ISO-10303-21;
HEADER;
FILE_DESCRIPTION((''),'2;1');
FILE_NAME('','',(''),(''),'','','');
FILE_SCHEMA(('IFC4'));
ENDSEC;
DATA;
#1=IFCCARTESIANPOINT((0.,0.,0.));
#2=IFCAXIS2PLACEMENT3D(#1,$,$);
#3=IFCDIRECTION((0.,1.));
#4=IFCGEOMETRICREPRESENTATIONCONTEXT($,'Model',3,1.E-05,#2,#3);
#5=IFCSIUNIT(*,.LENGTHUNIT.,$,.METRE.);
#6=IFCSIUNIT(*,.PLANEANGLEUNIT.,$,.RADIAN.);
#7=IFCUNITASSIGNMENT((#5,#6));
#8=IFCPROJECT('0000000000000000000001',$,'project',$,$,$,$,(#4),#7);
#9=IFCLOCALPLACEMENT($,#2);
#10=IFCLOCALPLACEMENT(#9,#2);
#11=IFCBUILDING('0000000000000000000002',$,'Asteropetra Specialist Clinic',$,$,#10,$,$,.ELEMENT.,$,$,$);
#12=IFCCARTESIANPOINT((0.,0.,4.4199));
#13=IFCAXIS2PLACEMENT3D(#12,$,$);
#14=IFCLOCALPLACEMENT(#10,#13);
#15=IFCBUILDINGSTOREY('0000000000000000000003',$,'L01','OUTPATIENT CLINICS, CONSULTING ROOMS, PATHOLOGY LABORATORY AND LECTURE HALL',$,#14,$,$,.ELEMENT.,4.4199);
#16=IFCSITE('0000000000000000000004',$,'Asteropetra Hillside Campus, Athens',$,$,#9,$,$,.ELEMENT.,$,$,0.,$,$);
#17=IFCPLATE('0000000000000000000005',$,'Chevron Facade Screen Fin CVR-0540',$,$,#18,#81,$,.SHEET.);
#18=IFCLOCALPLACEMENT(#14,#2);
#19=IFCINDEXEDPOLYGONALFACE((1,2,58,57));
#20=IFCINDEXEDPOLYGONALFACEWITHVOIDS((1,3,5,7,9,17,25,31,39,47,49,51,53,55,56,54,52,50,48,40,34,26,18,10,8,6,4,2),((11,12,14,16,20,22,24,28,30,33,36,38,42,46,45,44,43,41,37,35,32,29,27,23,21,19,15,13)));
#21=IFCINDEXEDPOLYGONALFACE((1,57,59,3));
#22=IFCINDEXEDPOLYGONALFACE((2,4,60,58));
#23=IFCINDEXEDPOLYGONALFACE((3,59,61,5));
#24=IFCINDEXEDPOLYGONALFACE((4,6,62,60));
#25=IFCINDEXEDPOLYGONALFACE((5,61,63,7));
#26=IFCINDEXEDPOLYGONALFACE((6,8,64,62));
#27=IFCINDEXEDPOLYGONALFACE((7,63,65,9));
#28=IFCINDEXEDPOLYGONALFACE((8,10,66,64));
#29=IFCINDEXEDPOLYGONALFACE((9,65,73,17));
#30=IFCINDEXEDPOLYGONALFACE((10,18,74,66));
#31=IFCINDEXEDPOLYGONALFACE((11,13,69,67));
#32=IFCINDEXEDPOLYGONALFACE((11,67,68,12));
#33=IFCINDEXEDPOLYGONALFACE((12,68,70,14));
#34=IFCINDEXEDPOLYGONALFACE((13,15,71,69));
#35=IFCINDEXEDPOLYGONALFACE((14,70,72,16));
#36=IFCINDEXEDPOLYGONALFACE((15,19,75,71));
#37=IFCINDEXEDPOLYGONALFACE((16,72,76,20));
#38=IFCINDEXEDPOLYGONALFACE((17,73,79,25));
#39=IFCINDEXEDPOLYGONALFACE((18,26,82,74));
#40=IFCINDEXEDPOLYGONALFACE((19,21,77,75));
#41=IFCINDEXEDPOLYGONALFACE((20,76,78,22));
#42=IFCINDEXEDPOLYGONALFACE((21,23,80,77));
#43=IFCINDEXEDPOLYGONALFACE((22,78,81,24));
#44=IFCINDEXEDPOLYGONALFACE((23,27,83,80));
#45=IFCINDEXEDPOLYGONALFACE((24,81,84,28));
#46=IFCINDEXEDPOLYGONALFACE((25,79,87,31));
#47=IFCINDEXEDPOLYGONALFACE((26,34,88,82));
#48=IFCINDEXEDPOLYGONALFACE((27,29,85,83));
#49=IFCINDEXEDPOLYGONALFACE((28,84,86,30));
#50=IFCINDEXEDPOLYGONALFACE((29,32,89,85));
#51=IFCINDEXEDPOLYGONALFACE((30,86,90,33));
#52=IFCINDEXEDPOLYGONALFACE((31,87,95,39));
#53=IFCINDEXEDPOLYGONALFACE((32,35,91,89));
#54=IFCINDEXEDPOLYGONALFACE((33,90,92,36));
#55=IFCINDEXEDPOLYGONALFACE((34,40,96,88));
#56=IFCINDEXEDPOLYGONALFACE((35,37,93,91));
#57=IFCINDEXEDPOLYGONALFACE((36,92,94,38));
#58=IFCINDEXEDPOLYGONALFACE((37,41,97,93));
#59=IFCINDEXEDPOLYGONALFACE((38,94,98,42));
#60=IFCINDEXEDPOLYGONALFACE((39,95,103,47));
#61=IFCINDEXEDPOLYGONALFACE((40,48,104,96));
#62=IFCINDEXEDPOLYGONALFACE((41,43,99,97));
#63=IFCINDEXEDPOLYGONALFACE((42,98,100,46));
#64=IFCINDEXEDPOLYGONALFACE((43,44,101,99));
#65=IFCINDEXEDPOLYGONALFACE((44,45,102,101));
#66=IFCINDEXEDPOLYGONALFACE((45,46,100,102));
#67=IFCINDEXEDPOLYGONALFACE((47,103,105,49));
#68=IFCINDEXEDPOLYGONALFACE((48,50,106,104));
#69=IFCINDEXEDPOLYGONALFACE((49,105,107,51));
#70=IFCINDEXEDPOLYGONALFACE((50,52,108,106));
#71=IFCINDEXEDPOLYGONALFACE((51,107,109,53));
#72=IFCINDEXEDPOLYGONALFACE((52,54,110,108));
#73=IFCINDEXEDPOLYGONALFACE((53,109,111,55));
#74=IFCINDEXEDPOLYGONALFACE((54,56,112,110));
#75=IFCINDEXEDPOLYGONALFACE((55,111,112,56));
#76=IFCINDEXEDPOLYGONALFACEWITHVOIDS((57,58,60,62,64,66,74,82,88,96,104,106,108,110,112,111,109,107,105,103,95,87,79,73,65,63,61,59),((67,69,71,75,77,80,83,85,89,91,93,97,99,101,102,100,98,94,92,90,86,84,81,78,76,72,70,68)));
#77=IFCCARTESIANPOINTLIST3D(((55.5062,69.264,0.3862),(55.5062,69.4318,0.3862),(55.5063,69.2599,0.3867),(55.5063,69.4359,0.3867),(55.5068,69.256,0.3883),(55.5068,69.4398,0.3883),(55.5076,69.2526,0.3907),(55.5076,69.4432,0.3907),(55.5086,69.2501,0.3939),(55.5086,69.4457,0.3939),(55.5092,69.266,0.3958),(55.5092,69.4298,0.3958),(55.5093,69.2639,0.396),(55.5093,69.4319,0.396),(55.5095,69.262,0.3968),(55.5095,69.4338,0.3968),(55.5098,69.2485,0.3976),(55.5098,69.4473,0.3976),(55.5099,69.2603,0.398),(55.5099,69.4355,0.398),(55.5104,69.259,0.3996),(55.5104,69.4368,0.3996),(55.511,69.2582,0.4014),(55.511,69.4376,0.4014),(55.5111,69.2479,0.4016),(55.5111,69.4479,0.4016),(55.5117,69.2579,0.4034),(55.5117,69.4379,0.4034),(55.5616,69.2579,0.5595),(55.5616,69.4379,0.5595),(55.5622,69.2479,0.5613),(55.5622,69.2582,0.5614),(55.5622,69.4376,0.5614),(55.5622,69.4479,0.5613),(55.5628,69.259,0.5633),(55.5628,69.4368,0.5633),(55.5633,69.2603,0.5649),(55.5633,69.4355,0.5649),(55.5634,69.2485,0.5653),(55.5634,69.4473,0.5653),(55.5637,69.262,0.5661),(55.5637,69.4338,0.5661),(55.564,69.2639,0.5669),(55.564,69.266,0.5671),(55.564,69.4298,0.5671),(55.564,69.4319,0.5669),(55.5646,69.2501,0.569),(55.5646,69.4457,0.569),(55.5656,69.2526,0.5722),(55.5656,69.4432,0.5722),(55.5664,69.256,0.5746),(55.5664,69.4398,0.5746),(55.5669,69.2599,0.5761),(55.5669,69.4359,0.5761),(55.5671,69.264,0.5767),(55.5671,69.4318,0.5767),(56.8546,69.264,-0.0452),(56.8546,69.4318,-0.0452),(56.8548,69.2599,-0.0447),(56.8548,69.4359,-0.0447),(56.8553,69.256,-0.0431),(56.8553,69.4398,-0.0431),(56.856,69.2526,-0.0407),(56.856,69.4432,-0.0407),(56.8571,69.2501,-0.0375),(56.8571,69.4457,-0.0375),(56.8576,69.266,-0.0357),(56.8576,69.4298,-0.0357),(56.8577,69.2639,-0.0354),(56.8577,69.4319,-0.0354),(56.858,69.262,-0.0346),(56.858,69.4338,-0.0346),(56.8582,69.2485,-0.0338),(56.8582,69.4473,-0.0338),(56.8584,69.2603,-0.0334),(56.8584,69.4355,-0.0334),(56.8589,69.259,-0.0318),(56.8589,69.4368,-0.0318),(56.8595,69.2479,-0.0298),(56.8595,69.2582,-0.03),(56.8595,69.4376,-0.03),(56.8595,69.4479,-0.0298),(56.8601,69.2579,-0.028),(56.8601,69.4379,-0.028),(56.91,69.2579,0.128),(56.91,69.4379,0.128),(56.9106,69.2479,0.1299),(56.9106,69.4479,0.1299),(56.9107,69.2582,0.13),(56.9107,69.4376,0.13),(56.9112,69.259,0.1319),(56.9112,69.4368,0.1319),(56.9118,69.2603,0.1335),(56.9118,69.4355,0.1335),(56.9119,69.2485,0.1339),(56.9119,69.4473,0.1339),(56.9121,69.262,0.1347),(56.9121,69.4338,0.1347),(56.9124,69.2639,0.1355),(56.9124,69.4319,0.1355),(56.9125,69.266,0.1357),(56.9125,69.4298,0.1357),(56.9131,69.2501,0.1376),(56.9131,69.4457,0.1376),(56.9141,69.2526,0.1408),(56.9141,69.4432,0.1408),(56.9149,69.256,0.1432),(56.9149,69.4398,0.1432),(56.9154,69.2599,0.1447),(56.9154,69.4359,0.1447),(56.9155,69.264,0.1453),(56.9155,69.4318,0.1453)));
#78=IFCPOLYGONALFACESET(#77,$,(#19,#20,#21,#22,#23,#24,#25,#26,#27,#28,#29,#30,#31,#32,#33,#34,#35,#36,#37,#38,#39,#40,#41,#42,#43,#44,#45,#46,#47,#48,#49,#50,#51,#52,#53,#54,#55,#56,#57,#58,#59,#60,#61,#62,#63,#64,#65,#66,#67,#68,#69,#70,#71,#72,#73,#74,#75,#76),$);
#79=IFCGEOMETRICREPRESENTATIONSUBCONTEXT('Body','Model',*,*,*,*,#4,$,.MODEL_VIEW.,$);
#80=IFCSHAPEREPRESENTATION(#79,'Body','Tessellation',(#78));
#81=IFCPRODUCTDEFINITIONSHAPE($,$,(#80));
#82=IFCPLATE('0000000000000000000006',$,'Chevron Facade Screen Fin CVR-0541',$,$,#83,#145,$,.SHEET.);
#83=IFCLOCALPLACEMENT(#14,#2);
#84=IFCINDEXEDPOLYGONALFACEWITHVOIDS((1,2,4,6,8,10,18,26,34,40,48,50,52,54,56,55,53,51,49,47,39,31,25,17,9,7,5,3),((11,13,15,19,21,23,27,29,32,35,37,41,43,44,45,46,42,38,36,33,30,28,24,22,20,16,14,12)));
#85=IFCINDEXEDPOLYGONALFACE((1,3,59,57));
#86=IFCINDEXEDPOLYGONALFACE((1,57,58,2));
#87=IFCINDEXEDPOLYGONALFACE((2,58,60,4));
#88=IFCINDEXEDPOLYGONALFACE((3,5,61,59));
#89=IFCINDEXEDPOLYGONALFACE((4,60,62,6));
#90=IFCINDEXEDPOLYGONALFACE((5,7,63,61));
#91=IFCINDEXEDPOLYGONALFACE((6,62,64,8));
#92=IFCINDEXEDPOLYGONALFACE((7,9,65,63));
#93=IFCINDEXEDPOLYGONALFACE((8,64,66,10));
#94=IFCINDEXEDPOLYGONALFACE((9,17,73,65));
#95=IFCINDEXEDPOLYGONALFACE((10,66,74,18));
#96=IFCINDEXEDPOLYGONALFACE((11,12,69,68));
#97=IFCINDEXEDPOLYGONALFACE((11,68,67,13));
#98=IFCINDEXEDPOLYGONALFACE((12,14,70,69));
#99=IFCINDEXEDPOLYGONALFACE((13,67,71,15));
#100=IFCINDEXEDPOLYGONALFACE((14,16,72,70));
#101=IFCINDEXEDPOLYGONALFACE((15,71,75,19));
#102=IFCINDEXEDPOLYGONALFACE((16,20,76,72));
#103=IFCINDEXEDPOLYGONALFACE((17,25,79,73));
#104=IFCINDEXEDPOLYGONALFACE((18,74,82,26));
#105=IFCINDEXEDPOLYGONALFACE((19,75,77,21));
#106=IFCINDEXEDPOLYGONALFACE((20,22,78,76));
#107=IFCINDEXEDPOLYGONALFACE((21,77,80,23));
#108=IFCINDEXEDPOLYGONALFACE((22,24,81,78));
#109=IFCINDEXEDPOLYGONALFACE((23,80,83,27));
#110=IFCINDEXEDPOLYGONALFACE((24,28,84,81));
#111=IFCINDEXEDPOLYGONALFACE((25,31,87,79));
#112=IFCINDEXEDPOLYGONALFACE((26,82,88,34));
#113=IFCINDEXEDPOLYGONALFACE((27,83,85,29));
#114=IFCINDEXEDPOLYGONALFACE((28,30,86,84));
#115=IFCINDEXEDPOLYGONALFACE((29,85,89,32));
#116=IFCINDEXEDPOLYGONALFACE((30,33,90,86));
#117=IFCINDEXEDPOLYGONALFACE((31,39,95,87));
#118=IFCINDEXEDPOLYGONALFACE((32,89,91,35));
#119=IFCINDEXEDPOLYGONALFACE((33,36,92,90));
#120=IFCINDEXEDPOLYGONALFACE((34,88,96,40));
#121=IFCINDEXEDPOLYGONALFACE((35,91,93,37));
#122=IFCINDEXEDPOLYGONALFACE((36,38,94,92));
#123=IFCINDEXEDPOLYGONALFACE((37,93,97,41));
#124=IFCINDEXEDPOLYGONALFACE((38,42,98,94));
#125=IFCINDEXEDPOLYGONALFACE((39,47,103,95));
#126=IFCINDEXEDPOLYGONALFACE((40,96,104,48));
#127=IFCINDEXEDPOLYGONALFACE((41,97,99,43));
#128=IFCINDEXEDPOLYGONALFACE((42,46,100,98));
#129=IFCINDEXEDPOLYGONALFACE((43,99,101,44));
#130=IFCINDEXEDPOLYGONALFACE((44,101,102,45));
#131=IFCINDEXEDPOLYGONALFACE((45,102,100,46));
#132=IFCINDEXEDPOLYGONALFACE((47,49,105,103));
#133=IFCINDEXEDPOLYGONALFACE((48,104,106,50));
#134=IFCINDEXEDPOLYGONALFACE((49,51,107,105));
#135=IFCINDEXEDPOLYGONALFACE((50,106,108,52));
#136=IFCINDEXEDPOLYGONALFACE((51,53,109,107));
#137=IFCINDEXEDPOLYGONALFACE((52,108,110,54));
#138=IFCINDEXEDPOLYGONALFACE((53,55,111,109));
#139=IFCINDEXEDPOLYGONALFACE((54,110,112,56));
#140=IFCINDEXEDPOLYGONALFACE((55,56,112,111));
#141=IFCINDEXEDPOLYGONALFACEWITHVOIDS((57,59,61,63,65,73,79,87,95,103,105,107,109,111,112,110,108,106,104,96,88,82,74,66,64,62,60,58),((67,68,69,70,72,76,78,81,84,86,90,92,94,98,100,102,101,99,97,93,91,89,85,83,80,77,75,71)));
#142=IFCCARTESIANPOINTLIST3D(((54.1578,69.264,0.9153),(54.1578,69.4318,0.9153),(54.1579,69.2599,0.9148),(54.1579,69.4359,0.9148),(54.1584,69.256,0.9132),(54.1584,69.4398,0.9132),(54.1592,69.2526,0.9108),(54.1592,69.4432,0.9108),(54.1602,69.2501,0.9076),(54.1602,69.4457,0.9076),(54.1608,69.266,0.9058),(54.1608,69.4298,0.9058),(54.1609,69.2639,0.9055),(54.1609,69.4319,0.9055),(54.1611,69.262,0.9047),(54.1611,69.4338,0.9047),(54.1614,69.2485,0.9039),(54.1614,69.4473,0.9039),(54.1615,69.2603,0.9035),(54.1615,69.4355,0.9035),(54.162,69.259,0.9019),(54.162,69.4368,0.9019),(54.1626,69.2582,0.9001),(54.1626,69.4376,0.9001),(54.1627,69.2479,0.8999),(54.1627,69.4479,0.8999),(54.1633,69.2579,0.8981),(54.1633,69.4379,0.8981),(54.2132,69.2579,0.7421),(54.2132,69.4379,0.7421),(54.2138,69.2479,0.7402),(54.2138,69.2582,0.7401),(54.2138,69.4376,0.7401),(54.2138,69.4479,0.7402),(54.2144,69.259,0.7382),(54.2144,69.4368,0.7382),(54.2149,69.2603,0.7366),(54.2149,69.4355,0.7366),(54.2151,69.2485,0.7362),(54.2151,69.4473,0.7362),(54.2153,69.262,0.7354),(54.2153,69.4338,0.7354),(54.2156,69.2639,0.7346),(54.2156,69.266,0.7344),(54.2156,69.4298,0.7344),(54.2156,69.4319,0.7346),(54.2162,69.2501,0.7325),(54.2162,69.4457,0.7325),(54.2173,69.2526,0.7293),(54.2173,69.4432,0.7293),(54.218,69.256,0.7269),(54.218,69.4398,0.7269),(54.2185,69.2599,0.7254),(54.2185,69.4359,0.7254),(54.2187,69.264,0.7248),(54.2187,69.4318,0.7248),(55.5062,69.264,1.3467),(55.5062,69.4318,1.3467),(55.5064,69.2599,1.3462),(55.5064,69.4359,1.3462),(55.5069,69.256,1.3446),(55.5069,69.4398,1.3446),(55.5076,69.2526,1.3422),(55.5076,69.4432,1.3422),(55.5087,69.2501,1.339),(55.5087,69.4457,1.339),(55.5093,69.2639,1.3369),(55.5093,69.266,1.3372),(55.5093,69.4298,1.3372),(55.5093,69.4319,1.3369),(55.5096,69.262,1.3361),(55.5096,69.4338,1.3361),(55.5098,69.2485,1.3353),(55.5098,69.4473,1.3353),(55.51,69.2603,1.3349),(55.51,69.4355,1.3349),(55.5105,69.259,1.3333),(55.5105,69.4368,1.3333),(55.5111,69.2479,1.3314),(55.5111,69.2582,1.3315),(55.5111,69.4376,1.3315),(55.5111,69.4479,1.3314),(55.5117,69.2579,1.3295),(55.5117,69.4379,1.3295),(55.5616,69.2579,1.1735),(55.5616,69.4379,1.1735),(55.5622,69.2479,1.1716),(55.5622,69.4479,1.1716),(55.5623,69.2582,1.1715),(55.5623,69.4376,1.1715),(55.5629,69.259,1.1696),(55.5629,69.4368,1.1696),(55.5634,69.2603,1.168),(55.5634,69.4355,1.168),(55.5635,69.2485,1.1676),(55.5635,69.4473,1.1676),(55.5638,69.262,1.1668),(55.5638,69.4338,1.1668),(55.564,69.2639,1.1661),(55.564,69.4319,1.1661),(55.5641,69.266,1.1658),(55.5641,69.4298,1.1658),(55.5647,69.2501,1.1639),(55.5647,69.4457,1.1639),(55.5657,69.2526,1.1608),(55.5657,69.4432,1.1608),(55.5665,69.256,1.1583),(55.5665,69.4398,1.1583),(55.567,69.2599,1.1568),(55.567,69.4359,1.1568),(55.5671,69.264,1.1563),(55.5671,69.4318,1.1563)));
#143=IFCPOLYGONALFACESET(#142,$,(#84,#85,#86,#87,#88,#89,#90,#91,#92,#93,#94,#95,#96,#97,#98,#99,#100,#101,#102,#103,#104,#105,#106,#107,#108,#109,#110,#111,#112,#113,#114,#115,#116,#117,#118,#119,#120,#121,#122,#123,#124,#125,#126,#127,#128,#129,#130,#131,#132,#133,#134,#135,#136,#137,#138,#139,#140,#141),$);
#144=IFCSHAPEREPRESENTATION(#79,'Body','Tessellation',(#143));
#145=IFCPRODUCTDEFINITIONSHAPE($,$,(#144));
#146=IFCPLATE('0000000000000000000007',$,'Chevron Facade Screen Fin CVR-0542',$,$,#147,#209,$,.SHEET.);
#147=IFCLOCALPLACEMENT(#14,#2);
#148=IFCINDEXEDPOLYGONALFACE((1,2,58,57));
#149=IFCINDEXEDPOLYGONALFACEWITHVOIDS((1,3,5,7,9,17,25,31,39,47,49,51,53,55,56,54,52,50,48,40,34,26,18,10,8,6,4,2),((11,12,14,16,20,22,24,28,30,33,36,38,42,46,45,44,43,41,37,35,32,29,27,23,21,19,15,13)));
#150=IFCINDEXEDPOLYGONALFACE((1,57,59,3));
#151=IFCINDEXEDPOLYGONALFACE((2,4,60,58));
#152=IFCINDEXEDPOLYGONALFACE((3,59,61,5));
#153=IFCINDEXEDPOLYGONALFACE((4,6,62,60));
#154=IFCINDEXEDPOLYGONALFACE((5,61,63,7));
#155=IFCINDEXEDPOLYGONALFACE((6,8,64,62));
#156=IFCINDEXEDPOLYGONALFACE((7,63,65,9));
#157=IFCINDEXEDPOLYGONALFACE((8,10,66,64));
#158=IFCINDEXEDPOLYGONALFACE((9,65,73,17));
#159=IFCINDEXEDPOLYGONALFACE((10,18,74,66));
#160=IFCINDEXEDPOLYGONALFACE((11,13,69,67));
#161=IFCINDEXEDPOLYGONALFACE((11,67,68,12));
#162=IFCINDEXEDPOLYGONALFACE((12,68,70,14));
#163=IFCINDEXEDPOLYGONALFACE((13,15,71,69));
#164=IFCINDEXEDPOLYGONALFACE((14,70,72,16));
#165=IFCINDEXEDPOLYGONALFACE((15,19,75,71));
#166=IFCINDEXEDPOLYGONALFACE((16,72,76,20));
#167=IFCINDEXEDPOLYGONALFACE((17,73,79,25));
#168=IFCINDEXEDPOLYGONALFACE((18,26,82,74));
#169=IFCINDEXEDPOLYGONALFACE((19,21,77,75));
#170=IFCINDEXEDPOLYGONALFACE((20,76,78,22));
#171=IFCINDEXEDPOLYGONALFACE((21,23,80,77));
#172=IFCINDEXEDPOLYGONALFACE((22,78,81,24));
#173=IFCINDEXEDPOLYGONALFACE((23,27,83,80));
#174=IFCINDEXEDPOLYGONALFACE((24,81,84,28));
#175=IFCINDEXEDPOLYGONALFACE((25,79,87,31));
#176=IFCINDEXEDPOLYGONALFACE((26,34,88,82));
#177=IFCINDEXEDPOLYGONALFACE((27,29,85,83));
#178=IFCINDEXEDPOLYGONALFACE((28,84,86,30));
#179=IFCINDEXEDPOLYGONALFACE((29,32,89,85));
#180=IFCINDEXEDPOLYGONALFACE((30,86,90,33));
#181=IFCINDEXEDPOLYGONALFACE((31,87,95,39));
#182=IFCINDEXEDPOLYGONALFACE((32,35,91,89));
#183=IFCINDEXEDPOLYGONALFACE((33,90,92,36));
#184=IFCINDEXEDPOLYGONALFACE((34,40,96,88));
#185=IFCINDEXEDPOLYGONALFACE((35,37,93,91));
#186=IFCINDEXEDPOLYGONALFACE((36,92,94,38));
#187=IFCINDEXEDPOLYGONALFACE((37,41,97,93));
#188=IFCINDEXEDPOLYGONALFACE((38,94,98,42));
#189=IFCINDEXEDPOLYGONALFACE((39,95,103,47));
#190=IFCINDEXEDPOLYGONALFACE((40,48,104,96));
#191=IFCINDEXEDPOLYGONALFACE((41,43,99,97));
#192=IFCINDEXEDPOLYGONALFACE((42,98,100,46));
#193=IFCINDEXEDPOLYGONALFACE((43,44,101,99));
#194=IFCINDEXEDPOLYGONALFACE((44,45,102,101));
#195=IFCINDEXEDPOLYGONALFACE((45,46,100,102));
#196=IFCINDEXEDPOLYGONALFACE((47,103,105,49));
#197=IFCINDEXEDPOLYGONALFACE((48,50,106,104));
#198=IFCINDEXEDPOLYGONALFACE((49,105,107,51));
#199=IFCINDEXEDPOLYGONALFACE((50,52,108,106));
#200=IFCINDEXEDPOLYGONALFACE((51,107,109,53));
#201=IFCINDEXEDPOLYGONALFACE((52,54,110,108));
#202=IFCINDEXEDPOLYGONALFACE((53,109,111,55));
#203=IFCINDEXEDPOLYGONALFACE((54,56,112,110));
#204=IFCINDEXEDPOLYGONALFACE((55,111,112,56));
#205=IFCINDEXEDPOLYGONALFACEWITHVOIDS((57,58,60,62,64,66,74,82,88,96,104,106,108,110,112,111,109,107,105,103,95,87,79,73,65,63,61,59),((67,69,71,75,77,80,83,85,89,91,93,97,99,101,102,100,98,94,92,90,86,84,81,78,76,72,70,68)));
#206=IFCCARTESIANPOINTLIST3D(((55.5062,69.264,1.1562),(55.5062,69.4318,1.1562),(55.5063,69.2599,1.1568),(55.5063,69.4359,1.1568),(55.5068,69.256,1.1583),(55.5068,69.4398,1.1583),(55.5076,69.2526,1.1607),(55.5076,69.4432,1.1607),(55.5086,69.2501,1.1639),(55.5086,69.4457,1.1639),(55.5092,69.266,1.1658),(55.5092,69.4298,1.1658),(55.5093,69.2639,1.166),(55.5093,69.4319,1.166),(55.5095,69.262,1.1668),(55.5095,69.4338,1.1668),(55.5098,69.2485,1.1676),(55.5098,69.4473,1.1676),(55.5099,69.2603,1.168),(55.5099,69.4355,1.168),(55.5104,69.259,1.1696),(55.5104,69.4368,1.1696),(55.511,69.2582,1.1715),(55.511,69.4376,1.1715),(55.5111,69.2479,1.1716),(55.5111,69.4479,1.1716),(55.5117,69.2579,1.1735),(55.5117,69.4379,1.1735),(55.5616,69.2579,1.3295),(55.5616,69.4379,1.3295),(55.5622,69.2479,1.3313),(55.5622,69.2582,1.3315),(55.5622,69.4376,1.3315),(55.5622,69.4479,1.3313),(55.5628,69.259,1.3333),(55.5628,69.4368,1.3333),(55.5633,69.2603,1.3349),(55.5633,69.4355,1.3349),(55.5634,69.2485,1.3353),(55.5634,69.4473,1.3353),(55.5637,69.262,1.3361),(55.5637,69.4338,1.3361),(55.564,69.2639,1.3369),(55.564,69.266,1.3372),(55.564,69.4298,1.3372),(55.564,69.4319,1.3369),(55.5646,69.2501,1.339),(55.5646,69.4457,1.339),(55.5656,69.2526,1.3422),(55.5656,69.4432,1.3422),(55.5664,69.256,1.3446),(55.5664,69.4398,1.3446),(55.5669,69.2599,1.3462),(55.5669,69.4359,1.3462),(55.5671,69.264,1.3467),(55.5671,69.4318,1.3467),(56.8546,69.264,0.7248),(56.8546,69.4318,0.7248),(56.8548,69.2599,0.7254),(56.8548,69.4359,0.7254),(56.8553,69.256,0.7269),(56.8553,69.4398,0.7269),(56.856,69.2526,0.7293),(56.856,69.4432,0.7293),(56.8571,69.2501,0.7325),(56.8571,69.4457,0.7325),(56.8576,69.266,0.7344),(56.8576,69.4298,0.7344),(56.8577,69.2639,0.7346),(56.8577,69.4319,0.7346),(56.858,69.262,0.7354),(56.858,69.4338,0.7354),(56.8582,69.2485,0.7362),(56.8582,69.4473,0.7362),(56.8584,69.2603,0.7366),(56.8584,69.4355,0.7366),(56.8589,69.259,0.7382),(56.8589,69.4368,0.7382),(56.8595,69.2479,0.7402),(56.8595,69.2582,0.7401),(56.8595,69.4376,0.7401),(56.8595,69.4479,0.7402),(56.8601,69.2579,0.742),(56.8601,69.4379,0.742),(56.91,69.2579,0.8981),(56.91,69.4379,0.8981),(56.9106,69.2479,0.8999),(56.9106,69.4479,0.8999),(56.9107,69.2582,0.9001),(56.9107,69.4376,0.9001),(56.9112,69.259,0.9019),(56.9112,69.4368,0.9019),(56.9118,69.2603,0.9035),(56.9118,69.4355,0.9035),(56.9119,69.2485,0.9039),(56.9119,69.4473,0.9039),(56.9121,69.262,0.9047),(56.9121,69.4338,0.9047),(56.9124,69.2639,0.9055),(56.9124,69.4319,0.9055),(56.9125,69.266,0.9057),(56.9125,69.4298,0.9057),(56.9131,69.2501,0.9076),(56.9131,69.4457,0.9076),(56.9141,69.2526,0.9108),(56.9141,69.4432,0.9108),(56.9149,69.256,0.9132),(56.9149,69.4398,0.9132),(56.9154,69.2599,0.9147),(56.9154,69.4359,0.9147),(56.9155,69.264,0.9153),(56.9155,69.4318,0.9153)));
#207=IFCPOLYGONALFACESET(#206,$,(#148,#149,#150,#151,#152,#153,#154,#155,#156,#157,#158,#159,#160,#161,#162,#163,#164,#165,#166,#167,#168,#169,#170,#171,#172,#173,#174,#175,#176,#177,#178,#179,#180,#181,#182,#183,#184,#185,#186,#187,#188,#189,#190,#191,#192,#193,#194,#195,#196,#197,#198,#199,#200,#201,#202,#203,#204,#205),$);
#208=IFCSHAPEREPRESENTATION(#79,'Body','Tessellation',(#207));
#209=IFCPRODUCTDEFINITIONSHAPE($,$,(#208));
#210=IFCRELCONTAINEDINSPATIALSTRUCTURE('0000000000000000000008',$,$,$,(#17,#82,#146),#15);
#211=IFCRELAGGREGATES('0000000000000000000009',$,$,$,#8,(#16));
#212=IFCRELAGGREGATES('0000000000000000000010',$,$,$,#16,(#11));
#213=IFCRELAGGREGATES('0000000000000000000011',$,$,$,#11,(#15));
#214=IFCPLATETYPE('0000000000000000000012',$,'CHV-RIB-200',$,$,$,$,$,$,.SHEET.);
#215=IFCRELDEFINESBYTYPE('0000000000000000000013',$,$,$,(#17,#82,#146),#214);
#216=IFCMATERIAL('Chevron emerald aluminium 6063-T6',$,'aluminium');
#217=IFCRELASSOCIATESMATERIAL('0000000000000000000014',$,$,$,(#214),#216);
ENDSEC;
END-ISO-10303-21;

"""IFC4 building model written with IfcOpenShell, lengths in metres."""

from ifc_helpers import new_model, si_unit, direction, frame, origin, origin_2d, place, context, subcontext, project, spatial, hollow_rectangle, extrude, material, material_profile, profile_set, type_object, element, save


model = new_model("IFC4")

# Units and contexts
model_context = context("Model", 3, precision=1e-05, world=origin(), true_north=direction((0.0, 1.0)))
body_context = subcontext(model_context, "Body", "Model", "MODEL_VIEW")
ifc_project = project(units=[si_unit("LENGTHUNIT", "METRE"), si_unit("PLANEANGLEUNIT", "RADIAN")], contexts=[model_context])

# Site, building, storey
site_placement = place(None, origin())
site = spatial("IfcSite", under=ifc_project, at=site_placement, Name="Asteropetra Hillside Campus, Athens", CompositionType="ELEMENT", RefElevation=0.0)
building_placement = place(site_placement, origin())
building = spatial("IfcBuilding", under=site, at=building_placement, Name="Asteropetra Specialist Clinic", CompositionType="ELEMENT")
storey_placement = place(building_placement, frame((0.0, 0.0, 4.4199)))
storey = spatial("IfcBuildingStorey", under=building, at=storey_placement, Name="L01", Description="OUTPATIENT CLINICS, CONSULTING ROOMS, PATHOLOGY LABORATORY AND LECTURE HALL", CompositionType="ELEMENT", Elevation=4.4199)

# Plates
ifc_material_1 = material(Name="Chevron emerald aluminium 6063-T6", Category="aluminium")
ifc_material_profile_1 = material_profile(ifc_material_1, hollow_rectangle(XDim=0.2, YDim=0.2, WallThickness=0.01, InnerFilletRadius=0.0081, OuterFilletRadius=0.0161, at=origin_2d()), Name="SHS 200x200x10.0")
ifc_profile_set_1 = profile_set([ifc_material_profile_1], Name="Chevron emerald aluminium 6063-T6")
plate_type_1 = type_object("IfcPlateType", Name="CHV-RIB-200", PredefinedType="SHEET", material=ifc_profile_set_1)
for number, where, z_axis, x_axis, name in (
    (1, (55.5366, 69.3479, 0.4814), (0.952442, 0.0, -0.304719), (0.0, 1.0, 0.0), "Chevron Facade Screen Fin CVR-0540"),
    (2, (54.1882, 69.3479, 0.8201), (0.952442, 0.0, 0.304719), (0.0, 1.0, 0.0), "Chevron Facade Screen Fin CVR-0541"),
    (3, (55.5366, 69.3479, 1.2515), (0.952442, 0.0, -0.304719), (0.0, 1.0, 0.0), "Chevron Facade Screen Fin CVR-0542"),
):
    element("IfcPlate", number, at=place(storey_placement, frame(where, z_axis=z_axis, x_axis=x_axis)), inside=storey, type_object=plate_type_1, Name=name, PredefinedType="SHEET", context=body_context, shape_type="SweptSolid", body=[
        extrude(hollow_rectangle(XDim=0.2, YDim=0.2, WallThickness=0.01, InnerFilletRadius=0.0081, OuterFilletRadius=0.0161, at=origin_2d()), origin(), (0.0, 0.0, 1.0), 1.4158),
    ])

save(model, "model.ifc")
